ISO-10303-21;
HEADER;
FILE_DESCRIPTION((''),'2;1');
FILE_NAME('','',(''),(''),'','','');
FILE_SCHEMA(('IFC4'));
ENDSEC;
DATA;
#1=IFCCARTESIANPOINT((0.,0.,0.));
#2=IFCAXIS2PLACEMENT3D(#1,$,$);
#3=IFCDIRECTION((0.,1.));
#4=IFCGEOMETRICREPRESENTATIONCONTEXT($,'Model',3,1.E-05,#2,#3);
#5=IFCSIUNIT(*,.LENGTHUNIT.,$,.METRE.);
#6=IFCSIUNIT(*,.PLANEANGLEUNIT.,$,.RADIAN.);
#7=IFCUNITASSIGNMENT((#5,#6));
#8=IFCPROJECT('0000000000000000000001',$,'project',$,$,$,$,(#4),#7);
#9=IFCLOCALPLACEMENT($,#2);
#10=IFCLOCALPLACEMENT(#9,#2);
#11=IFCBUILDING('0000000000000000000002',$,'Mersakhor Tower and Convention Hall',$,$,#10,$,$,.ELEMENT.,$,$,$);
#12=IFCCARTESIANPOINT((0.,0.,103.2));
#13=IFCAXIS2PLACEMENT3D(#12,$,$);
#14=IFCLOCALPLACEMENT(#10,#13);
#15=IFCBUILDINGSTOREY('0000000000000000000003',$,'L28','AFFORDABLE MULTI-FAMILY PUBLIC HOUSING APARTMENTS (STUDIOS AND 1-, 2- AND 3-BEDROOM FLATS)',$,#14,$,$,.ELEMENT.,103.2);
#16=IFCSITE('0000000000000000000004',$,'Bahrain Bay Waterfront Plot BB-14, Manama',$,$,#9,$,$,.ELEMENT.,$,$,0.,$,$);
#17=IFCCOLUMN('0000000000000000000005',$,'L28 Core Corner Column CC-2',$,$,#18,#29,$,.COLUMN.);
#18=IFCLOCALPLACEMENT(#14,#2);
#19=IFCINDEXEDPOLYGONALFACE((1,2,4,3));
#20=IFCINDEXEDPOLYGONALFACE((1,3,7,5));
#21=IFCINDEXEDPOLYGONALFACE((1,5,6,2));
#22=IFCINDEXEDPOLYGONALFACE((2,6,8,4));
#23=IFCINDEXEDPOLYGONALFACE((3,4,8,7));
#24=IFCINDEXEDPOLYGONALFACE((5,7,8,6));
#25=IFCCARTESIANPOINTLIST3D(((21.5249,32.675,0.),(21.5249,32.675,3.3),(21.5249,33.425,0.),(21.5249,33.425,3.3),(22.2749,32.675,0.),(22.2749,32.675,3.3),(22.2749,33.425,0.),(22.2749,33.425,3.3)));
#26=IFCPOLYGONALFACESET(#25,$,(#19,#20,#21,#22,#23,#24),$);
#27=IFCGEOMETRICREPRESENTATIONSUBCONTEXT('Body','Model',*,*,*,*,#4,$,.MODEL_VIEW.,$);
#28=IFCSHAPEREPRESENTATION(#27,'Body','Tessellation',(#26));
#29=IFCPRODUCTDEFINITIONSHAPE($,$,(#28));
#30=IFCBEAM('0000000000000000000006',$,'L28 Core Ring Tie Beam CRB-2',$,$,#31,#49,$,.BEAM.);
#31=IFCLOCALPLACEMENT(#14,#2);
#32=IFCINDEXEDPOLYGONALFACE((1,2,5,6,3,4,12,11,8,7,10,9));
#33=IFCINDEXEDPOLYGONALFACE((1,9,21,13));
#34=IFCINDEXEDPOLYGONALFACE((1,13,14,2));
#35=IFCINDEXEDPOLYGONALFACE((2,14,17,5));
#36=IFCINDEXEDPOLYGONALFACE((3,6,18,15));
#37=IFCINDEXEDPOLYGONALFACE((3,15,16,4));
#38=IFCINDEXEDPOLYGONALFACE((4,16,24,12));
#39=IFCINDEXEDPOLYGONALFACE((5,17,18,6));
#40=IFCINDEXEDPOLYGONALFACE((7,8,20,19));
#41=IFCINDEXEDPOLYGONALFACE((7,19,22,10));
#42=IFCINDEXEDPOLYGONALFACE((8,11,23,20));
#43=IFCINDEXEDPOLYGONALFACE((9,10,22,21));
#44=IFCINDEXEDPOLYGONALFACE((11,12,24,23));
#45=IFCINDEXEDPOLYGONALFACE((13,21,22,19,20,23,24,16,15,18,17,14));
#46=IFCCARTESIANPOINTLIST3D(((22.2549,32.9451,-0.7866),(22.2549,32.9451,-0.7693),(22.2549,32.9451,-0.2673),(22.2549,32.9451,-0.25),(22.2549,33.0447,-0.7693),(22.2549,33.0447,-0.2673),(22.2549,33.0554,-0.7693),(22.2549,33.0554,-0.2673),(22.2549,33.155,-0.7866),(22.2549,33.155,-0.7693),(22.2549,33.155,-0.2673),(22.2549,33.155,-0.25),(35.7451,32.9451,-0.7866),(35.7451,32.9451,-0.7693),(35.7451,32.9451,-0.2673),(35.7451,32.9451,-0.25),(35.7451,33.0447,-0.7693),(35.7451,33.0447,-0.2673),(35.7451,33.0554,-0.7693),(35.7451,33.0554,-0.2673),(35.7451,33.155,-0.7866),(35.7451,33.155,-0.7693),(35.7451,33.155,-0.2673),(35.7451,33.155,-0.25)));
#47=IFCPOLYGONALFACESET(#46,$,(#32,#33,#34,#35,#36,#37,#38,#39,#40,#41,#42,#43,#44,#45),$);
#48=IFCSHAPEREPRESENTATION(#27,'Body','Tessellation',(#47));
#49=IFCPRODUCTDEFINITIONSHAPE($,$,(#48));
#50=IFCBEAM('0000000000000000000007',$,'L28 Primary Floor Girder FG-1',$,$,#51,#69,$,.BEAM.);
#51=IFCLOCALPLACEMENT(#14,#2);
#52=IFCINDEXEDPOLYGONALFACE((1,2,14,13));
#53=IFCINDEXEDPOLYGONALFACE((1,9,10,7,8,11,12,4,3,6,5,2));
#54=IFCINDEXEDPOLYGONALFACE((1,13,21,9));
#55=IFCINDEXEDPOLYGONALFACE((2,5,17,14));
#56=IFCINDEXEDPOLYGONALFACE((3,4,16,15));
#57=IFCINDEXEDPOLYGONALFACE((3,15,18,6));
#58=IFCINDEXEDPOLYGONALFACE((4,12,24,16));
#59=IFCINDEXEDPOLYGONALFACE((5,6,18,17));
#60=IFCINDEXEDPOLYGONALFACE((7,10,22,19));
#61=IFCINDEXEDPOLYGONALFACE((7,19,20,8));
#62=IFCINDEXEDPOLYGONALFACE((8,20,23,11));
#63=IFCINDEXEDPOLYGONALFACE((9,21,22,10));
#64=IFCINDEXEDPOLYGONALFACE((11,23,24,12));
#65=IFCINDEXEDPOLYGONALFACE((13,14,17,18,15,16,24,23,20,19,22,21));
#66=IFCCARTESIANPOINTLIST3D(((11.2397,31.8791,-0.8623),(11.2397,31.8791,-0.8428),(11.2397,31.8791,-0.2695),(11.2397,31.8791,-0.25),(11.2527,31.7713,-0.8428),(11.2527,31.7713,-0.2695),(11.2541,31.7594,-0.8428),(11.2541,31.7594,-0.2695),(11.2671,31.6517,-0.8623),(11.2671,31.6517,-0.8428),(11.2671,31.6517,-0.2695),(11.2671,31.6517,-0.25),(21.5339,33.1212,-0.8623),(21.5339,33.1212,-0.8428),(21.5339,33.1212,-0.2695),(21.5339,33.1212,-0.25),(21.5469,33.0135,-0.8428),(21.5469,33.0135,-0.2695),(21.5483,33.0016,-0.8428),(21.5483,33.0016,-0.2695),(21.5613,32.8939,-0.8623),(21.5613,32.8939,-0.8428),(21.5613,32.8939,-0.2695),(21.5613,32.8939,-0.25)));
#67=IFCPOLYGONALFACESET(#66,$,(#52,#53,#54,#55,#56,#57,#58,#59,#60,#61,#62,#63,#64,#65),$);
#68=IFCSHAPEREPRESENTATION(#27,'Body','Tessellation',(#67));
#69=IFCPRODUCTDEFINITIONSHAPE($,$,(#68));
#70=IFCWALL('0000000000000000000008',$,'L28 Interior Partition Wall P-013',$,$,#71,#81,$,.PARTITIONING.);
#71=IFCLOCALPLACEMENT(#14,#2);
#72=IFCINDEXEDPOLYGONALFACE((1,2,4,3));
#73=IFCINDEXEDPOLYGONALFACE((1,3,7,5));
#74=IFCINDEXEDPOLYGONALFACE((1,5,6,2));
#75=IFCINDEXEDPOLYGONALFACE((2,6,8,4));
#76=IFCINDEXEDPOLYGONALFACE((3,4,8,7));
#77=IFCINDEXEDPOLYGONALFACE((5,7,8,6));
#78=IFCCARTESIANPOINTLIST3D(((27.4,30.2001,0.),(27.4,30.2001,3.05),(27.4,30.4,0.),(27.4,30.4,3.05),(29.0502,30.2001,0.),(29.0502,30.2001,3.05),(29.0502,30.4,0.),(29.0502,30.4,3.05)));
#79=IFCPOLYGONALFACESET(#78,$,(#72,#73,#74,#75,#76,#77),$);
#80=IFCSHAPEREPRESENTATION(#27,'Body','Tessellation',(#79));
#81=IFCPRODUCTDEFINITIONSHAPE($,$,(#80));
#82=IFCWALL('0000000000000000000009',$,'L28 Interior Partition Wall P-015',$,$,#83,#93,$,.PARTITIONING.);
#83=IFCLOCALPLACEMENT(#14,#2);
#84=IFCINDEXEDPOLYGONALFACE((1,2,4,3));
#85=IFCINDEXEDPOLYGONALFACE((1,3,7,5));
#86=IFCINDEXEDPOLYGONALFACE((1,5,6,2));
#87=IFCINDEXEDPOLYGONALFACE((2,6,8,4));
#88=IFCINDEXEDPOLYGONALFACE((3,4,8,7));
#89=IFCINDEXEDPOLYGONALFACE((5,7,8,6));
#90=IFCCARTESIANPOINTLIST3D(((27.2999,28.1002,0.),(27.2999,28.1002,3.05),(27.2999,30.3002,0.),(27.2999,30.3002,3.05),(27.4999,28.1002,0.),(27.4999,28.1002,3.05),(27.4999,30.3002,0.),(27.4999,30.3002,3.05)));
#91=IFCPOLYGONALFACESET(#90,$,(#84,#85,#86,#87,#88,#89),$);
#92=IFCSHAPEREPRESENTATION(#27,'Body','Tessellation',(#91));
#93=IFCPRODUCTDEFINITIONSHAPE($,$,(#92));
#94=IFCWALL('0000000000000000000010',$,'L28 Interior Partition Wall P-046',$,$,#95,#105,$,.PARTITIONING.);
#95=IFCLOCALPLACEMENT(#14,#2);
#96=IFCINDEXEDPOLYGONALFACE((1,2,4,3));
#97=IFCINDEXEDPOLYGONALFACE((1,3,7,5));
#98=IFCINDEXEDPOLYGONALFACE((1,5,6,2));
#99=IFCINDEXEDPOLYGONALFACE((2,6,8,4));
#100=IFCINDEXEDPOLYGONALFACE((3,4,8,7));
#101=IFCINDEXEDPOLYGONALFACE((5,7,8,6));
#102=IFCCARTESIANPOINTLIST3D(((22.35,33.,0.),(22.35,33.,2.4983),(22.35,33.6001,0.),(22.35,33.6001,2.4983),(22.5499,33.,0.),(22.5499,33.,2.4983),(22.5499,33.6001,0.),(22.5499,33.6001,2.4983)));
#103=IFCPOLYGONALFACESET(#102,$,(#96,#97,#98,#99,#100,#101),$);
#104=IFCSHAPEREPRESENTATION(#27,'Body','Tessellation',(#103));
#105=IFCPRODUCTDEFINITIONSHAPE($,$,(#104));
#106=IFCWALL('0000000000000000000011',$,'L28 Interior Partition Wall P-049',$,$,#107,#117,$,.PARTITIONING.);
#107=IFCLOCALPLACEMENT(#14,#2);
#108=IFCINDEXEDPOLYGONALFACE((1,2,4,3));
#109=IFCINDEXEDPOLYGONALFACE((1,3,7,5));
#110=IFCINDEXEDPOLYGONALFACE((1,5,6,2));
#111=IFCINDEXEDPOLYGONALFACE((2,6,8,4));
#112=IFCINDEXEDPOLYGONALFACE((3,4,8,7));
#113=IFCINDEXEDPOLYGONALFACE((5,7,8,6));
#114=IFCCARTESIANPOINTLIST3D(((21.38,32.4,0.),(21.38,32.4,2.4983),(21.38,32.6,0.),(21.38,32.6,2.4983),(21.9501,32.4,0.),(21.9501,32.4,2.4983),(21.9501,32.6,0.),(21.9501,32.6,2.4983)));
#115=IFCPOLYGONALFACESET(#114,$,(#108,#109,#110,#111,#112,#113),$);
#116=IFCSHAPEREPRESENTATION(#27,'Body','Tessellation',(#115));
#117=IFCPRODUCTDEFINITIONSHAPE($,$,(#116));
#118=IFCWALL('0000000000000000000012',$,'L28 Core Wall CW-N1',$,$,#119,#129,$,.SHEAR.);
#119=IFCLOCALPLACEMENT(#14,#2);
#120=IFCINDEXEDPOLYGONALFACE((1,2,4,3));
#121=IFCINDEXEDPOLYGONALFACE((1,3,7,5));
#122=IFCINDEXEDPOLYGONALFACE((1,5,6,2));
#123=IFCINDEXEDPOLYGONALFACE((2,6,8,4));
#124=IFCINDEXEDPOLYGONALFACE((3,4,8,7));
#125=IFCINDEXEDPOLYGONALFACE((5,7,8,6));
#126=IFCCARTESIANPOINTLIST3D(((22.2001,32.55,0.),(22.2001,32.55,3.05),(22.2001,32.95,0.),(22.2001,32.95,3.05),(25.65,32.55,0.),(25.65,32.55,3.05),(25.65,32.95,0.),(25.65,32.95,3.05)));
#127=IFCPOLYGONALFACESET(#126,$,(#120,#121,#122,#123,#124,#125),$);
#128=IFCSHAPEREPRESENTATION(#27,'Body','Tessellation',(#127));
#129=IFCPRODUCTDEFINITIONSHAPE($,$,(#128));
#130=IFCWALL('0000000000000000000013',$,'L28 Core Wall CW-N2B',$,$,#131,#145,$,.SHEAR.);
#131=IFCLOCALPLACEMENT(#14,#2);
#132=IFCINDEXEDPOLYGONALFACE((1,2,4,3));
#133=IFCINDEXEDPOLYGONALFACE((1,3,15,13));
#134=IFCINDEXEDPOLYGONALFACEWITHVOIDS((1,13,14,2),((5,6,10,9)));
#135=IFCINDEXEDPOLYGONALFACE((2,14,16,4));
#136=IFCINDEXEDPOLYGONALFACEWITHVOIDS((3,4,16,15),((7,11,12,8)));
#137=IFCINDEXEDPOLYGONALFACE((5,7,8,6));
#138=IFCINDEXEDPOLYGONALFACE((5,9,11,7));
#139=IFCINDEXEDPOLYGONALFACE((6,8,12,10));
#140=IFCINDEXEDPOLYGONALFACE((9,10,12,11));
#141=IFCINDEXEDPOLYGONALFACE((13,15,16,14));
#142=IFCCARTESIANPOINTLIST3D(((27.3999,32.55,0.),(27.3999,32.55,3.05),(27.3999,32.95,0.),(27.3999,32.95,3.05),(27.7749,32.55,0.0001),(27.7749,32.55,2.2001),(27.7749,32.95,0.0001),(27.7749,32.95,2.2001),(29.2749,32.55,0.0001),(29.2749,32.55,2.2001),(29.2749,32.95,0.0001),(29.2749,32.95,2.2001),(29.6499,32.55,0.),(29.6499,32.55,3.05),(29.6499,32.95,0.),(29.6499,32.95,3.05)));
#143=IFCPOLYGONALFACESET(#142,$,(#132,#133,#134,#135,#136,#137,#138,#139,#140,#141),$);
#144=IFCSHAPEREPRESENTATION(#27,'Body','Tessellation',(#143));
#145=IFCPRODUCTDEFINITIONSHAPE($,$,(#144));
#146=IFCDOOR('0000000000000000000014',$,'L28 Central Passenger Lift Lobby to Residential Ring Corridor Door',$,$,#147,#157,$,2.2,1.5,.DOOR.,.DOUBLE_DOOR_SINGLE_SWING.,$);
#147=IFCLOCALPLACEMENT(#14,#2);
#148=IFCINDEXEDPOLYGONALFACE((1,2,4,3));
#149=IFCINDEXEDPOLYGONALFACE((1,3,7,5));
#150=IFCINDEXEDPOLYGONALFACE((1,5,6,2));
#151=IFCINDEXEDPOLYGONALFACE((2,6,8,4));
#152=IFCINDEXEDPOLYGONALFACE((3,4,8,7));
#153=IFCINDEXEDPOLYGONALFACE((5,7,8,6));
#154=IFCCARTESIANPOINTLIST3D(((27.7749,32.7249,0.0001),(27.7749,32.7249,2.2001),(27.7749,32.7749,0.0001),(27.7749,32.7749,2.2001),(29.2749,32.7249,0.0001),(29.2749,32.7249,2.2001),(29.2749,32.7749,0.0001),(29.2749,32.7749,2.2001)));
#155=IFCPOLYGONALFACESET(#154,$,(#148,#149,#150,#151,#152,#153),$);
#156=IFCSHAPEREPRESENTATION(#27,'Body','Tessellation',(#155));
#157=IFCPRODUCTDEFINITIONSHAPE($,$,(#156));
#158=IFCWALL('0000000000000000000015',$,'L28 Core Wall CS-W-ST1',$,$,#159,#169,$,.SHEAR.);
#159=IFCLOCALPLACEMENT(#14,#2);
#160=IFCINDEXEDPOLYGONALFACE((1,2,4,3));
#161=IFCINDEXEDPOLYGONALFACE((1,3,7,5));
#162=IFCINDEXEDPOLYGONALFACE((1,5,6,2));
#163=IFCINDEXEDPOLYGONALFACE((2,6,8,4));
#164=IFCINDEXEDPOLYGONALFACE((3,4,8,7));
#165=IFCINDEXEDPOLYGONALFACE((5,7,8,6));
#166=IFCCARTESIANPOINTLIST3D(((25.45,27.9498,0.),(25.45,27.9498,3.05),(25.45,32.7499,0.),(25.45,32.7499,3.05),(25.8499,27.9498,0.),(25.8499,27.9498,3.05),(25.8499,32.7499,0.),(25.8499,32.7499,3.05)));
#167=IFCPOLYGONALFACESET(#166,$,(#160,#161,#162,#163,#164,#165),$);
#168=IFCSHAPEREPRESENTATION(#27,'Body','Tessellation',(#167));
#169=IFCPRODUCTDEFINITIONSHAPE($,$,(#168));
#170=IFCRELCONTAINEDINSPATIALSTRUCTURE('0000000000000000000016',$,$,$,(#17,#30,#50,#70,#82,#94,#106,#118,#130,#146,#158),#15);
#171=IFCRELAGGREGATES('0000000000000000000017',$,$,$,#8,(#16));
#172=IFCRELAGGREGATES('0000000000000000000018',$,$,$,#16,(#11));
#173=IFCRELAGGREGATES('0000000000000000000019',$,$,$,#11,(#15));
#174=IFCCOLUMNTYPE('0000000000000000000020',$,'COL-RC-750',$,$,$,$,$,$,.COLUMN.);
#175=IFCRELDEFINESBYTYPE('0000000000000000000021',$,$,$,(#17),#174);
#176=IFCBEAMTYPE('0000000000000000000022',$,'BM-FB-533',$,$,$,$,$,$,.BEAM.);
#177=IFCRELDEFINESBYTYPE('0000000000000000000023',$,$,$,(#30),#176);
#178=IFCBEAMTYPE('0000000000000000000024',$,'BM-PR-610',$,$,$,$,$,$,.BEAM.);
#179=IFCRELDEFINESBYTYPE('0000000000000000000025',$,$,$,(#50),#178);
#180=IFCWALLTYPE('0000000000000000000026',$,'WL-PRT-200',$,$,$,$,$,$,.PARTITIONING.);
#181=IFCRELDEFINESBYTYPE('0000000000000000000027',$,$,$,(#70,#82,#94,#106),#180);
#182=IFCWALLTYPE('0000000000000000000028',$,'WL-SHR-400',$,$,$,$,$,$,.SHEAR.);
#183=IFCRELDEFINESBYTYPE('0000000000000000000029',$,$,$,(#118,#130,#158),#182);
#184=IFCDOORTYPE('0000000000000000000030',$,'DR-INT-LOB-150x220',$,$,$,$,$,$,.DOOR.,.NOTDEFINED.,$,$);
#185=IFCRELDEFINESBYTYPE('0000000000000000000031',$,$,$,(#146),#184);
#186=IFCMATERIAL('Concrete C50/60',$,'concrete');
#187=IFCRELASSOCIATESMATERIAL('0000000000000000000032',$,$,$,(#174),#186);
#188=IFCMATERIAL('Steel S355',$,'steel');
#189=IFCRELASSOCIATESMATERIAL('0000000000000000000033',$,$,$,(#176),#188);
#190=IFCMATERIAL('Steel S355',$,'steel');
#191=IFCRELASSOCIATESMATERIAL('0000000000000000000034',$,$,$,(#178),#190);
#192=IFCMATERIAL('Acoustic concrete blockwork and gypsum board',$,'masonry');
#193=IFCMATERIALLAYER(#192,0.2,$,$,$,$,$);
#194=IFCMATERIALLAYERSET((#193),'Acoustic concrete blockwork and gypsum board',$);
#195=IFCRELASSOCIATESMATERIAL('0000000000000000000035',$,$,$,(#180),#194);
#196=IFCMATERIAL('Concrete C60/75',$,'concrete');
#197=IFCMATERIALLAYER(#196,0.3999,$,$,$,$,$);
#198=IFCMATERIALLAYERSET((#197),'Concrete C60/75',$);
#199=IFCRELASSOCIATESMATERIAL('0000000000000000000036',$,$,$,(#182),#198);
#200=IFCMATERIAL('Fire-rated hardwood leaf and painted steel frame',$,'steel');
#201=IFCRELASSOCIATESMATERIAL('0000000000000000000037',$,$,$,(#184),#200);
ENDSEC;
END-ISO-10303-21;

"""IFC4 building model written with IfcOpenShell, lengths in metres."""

from ifc_helpers import new_model, si_unit, direction, frame, frame_2d, origin, origin_2d, place, context, subcontext, project, spatial, rectangle, i_section, extrude, material, layer, layer_set, material_profile, profile_set, type_object, element, fill, save


model = new_model("IFC4")

# Units and contexts
model_context = context("Model", 3, precision=1e-05, world=origin(), true_north=direction((0.0, 1.0)))
body_context = subcontext(model_context, "Body", "Model", "MODEL_VIEW")
ifc_project = project(units=[si_unit("LENGTHUNIT", "METRE"), si_unit("PLANEANGLEUNIT", "RADIAN")], contexts=[model_context])

# Site, building, storey
site_placement = place(None, origin())
site = spatial("IfcSite", under=ifc_project, at=site_placement, Name="Bahrain Bay Waterfront Plot BB-14, Manama", CompositionType="ELEMENT", RefElevation=0.0)
building_placement = place(site_placement, origin())
building = spatial("IfcBuilding", under=site, at=building_placement, Name="Mersakhor Tower and Convention Hall", CompositionType="ELEMENT")
storey_placement = place(building_placement, frame((0.0, 0.0, 103.2)))
storey = spatial("IfcBuildingStorey", under=building, at=storey_placement, Name="L28", Description="AFFORDABLE MULTI-FAMILY PUBLIC HOUSING APARTMENTS (STUDIOS AND 1-, 2- AND 3-BEDROOM FLATS)", CompositionType="ELEMENT", Elevation=103.2)

# Column
ifc_material_1 = material(Name="Concrete C50/60", Category="concrete")
ifc_material_profile_1 = material_profile(ifc_material_1, rectangle(XDim=0.75, YDim=0.75, at=origin_2d()), Name="RC 750x750")
ifc_profile_set_1 = profile_set([ifc_material_profile_1], Name="Concrete C50/60")
column_type = type_object("IfcColumnType", Name="COL-RC-750", PredefinedType="COLUMN", material=ifc_profile_set_1)
column_placement = place(storey_placement, frame((21.8999, 33.05, 0.0), z_axis=(0.0, 0.0, 1.0), x_axis=(1.0, 0.0, 0.0)))
element("IfcColumn", 1, at=column_placement, inside=storey, type_object=column_type, Name="L28 Core Corner Column CC-2", PredefinedType="COLUMN", context=body_context, shape_type="SweptSolid", body=[
    extrude(rectangle(XDim=0.75, YDim=0.75, at=origin_2d()), origin(), (0.0, 0.0, 1.0), 3.3),
])

# Beams
ifc_material_2 = material(Name="Steel S355", Category="steel")
ifc_material_profile_2 = material_profile(ifc_material_2, i_section(OverallWidth=0.21, OverallDepth=0.5366, WebThickness=0.0107, FlangeThickness=0.0173, at=origin_2d()), Name="UB 533x210x101")
ifc_profile_set_2 = profile_set([ifc_material_profile_2], Name="Steel S355")
beam_type_1 = type_object("IfcBeamType", Name="BM-FB-533", PredefinedType="BEAM", material=ifc_profile_set_2)
beam_1_placement = place(storey_placement, frame((22.2549, 33.05, -0.5183), z_axis=(1.0, 0.0, 0.0), x_axis=(0.0, 1.0, 0.0)))
element("IfcBeam", 2, at=beam_1_placement, inside=storey, type_object=beam_type_1, Name="L28 Core Ring Tie Beam CRB-2", PredefinedType="BEAM", context=body_context, shape_type="SweptSolid", body=[
    extrude(i_section(OverallWidth=0.21, OverallDepth=0.5366, WebThickness=0.0107, FlangeThickness=0.0173, at=origin_2d()), origin(), (0.0, 0.0, 1.0), 13.4902),
])
ifc_material_3 = material(Name="Steel S355", Category="steel")
ifc_material_profile_3 = material_profile(ifc_material_3, i_section(OverallWidth=0.229, OverallDepth=0.6123, WebThickness=0.012, FlangeThickness=0.0195, at=origin_2d()), Name="UB 610x229x125")
ifc_profile_set_3 = profile_set([ifc_material_profile_3], Name="Steel S355")
beam_type_2 = type_object("IfcBeamType", Name="BM-PR-610", PredefinedType="BEAM", material=ifc_profile_set_3)
beam_2_placement = place(storey_placement, frame((21.5476, 33.0076, -0.5562), z_axis=(-0.992798, -0.1198, 0.0), x_axis=(0.1198, -0.992798, 0.0)))
element("IfcBeam", 3, at=beam_2_placement, inside=storey, type_object=beam_type_2, Name="L28 Primary Floor Girder FG-1", PredefinedType="BEAM", context=body_context, shape_type="SweptSolid", body=[
    extrude(i_section(OverallWidth=0.229, OverallDepth=0.6123, WebThickness=0.012, FlangeThickness=0.0195, at=origin_2d()), origin(), (0.0, 0.0, 1.0), 10.3689),
])

# Shared definitions
ifc_material_4 = material(Name="Acoustic concrete blockwork and gypsum board", Category="masonry")
ifc_layer_1 = layer(ifc_material_4, 0.2)
ifc_layer_set_1 = layer_set([ifc_layer_1], Name="Acoustic concrete blockwork and gypsum board")
wall_type_1 = type_object("IfcWallType", Name="WL-PRT-200", PredefinedType="PARTITIONING", material=ifc_layer_set_1)

# Walls
wall_1_placement = place(storey_placement, frame((27.3999, 30.3, 0.0), z_axis=(0.0, 0.0, 1.0), x_axis=(1.0, 0.0, 0.0)))
element("IfcWall", 4, at=wall_1_placement, inside=storey, type_object=wall_type_1, Name="L28 Interior Partition Wall P-013", PredefinedType="PARTITIONING", context=body_context, shape_type="SweptSolid", body=[
    extrude(rectangle(XDim=1.6501, YDim=0.2, at=frame_2d((0.8252, 0.0))), origin(), (0.0, 0.0, 1.0), 3.05),
])
wall_2_placement = place(storey_placement, frame((27.3999, 28.1001, 0.0), z_axis=(0.0, 0.0, 1.0), x_axis=(0.0, 1.0, 0.0)))
element("IfcWall", 5, at=wall_2_placement, inside=storey, type_object=wall_type_1, Name="L28 Interior Partition Wall P-015", PredefinedType="PARTITIONING", context=body_context, shape_type="SweptSolid", body=[
    extrude(rectangle(XDim=2.2, YDim=0.2, at=frame_2d((1.1001, 0.0))), origin(), (0.0, 0.0, 1.0), 3.05),
])
wall_3_placement = place(storey_placement, frame((22.45, 33.0, 0.0), z_axis=(0.0, 0.0, 1.0), x_axis=(0.0, 1.0, 0.0)))
element("IfcWall", 6, at=wall_3_placement, inside=storey, type_object=wall_type_1, Name="L28 Interior Partition Wall P-046", PredefinedType="PARTITIONING", context=body_context, shape_type="SweptSolid", body=[
    extrude(rectangle(XDim=0.6001, YDim=0.2, at=frame_2d((0.3, 0.0))), origin(), (0.0, 0.0, 1.0), 2.4983),
])
wall_4_placement = place(storey_placement, frame((21.3799, 32.5, 0.0), z_axis=(0.0, 0.0, 1.0), x_axis=(1.0, 0.0, 0.0)))
element("IfcWall", 7, at=wall_4_placement, inside=storey, type_object=wall_type_1, Name="L28 Interior Partition Wall P-049", PredefinedType="PARTITIONING", context=body_context, shape_type="SweptSolid", body=[
    extrude(rectangle(XDim=0.5701, YDim=0.2, at=frame_2d((0.2852, 0.0))), origin(), (0.0, 0.0, 1.0), 2.4983),
])
ifc_material_5 = material(Name="Concrete C60/75", Category="concrete")
ifc_layer_2 = layer(ifc_material_5, 0.3999)
ifc_layer_set_2 = layer_set([ifc_layer_2], Name="Concrete C60/75")
wall_type_2 = type_object("IfcWallType", Name="WL-SHR-400", PredefinedType="SHEAR", material=ifc_layer_set_2)
wall_5_placement = place(storey_placement, frame((22.2, 32.75, 0.0), z_axis=(0.0, 0.0, 1.0), x_axis=(1.0, 0.0, 0.0)))
element("IfcWall", 8, at=wall_5_placement, inside=storey, type_object=wall_type_2, Name="L28 Core Wall CW-N1", PredefinedType="SHEAR", context=body_context, shape_type="SweptSolid", body=[
    extrude(rectangle(XDim=3.45, YDim=0.3999, at=frame_2d((1.7251, 0.0))), origin(), (0.0, 0.0, 1.0), 3.05),
])

# Wall, opening, door
wall_6_placement = place(storey_placement, frame((27.3999, 32.75, 0.0), z_axis=(0.0, 0.0, 1.0), x_axis=(1.0, 0.0, 0.0)))
wall_6 = element("IfcWall", 9, at=wall_6_placement, inside=storey, type_object=wall_type_2, Name="L28 Core Wall CW-N2B", PredefinedType="SHEAR", context=body_context, shape_type="SweptSolid", body=[
    extrude(rectangle(XDim=2.25, YDim=0.3999, at=frame_2d((1.125, 0.0))), origin(), (0.0, 0.0, 1.0), 3.05),
])
opening_1_placement = place(wall_6_placement, frame((0.375, 0.0, 0.0)))
opening_1 = element("IfcOpeningElement", 10, at=opening_1_placement, cuts=wall_6, PredefinedType="OPENING", context=body_context, shape_type="SweptSolid", body=[
    extrude(rectangle(XDim=1.5, YDim=2.2, at=frame_2d((0.75, 1.1001))), frame((0.0, 0.21, 0.0), z_axis=(0.0, -1.0, 0.0), x_axis=(1.0, 0.0, 0.0)), (0.0, 0.0, 1.0), 0.4199),
])
ifc_material_6 = material(Name="Fire-rated hardwood leaf and painted steel frame", Category="steel")
door_type_1 = type_object("IfcDoorType", Name="DR-INT-LOB-150x220", OperationType="NOTDEFINED", PredefinedType="DOOR", material=ifc_material_6)
door_1_placement = place(opening_1_placement, origin())
door_1 = element("IfcDoor", 11, at=door_1_placement, inside=storey, type_object=door_type_1, Name="L28 Central Passenger Lift Lobby to Residential Ring Corridor Door", OperationType="DOUBLE_DOOR_SINGLE_SWING", OverallHeight=2.2, OverallWidth=1.5, PredefinedType="DOOR", context=body_context, shape_type="SweptSolid", body=[
    extrude(rectangle(XDim=1.5, YDim=2.2, at=frame_2d((0.75, 1.1001))), frame((0.0, 0.0249, 0.0), z_axis=(0.0, -1.0, 0.0), x_axis=(1.0, 0.0, 0.0)), (0.0, 0.0, 1.0), 0.05),
])
fill(opening_1, door_1)

# Wall
wall_7_placement = place(storey_placement, frame((25.6499, 27.95, 0.0), z_axis=(0.0, 0.0, 1.0), x_axis=(0.0, 1.0, 0.0)))
element("IfcWall", 12, at=wall_7_placement, inside=storey, type_object=wall_type_2, Name="L28 Core Wall CS-W-ST1", PredefinedType="SHEAR", context=body_context, shape_type="SweptSolid", body=[
    extrude(rectangle(XDim=4.8, YDim=0.3999, at=frame_2d((2.3999, 0.0))), origin(), (0.0, 0.0, 1.0), 3.05),
])

save(model, "model.ifc")
